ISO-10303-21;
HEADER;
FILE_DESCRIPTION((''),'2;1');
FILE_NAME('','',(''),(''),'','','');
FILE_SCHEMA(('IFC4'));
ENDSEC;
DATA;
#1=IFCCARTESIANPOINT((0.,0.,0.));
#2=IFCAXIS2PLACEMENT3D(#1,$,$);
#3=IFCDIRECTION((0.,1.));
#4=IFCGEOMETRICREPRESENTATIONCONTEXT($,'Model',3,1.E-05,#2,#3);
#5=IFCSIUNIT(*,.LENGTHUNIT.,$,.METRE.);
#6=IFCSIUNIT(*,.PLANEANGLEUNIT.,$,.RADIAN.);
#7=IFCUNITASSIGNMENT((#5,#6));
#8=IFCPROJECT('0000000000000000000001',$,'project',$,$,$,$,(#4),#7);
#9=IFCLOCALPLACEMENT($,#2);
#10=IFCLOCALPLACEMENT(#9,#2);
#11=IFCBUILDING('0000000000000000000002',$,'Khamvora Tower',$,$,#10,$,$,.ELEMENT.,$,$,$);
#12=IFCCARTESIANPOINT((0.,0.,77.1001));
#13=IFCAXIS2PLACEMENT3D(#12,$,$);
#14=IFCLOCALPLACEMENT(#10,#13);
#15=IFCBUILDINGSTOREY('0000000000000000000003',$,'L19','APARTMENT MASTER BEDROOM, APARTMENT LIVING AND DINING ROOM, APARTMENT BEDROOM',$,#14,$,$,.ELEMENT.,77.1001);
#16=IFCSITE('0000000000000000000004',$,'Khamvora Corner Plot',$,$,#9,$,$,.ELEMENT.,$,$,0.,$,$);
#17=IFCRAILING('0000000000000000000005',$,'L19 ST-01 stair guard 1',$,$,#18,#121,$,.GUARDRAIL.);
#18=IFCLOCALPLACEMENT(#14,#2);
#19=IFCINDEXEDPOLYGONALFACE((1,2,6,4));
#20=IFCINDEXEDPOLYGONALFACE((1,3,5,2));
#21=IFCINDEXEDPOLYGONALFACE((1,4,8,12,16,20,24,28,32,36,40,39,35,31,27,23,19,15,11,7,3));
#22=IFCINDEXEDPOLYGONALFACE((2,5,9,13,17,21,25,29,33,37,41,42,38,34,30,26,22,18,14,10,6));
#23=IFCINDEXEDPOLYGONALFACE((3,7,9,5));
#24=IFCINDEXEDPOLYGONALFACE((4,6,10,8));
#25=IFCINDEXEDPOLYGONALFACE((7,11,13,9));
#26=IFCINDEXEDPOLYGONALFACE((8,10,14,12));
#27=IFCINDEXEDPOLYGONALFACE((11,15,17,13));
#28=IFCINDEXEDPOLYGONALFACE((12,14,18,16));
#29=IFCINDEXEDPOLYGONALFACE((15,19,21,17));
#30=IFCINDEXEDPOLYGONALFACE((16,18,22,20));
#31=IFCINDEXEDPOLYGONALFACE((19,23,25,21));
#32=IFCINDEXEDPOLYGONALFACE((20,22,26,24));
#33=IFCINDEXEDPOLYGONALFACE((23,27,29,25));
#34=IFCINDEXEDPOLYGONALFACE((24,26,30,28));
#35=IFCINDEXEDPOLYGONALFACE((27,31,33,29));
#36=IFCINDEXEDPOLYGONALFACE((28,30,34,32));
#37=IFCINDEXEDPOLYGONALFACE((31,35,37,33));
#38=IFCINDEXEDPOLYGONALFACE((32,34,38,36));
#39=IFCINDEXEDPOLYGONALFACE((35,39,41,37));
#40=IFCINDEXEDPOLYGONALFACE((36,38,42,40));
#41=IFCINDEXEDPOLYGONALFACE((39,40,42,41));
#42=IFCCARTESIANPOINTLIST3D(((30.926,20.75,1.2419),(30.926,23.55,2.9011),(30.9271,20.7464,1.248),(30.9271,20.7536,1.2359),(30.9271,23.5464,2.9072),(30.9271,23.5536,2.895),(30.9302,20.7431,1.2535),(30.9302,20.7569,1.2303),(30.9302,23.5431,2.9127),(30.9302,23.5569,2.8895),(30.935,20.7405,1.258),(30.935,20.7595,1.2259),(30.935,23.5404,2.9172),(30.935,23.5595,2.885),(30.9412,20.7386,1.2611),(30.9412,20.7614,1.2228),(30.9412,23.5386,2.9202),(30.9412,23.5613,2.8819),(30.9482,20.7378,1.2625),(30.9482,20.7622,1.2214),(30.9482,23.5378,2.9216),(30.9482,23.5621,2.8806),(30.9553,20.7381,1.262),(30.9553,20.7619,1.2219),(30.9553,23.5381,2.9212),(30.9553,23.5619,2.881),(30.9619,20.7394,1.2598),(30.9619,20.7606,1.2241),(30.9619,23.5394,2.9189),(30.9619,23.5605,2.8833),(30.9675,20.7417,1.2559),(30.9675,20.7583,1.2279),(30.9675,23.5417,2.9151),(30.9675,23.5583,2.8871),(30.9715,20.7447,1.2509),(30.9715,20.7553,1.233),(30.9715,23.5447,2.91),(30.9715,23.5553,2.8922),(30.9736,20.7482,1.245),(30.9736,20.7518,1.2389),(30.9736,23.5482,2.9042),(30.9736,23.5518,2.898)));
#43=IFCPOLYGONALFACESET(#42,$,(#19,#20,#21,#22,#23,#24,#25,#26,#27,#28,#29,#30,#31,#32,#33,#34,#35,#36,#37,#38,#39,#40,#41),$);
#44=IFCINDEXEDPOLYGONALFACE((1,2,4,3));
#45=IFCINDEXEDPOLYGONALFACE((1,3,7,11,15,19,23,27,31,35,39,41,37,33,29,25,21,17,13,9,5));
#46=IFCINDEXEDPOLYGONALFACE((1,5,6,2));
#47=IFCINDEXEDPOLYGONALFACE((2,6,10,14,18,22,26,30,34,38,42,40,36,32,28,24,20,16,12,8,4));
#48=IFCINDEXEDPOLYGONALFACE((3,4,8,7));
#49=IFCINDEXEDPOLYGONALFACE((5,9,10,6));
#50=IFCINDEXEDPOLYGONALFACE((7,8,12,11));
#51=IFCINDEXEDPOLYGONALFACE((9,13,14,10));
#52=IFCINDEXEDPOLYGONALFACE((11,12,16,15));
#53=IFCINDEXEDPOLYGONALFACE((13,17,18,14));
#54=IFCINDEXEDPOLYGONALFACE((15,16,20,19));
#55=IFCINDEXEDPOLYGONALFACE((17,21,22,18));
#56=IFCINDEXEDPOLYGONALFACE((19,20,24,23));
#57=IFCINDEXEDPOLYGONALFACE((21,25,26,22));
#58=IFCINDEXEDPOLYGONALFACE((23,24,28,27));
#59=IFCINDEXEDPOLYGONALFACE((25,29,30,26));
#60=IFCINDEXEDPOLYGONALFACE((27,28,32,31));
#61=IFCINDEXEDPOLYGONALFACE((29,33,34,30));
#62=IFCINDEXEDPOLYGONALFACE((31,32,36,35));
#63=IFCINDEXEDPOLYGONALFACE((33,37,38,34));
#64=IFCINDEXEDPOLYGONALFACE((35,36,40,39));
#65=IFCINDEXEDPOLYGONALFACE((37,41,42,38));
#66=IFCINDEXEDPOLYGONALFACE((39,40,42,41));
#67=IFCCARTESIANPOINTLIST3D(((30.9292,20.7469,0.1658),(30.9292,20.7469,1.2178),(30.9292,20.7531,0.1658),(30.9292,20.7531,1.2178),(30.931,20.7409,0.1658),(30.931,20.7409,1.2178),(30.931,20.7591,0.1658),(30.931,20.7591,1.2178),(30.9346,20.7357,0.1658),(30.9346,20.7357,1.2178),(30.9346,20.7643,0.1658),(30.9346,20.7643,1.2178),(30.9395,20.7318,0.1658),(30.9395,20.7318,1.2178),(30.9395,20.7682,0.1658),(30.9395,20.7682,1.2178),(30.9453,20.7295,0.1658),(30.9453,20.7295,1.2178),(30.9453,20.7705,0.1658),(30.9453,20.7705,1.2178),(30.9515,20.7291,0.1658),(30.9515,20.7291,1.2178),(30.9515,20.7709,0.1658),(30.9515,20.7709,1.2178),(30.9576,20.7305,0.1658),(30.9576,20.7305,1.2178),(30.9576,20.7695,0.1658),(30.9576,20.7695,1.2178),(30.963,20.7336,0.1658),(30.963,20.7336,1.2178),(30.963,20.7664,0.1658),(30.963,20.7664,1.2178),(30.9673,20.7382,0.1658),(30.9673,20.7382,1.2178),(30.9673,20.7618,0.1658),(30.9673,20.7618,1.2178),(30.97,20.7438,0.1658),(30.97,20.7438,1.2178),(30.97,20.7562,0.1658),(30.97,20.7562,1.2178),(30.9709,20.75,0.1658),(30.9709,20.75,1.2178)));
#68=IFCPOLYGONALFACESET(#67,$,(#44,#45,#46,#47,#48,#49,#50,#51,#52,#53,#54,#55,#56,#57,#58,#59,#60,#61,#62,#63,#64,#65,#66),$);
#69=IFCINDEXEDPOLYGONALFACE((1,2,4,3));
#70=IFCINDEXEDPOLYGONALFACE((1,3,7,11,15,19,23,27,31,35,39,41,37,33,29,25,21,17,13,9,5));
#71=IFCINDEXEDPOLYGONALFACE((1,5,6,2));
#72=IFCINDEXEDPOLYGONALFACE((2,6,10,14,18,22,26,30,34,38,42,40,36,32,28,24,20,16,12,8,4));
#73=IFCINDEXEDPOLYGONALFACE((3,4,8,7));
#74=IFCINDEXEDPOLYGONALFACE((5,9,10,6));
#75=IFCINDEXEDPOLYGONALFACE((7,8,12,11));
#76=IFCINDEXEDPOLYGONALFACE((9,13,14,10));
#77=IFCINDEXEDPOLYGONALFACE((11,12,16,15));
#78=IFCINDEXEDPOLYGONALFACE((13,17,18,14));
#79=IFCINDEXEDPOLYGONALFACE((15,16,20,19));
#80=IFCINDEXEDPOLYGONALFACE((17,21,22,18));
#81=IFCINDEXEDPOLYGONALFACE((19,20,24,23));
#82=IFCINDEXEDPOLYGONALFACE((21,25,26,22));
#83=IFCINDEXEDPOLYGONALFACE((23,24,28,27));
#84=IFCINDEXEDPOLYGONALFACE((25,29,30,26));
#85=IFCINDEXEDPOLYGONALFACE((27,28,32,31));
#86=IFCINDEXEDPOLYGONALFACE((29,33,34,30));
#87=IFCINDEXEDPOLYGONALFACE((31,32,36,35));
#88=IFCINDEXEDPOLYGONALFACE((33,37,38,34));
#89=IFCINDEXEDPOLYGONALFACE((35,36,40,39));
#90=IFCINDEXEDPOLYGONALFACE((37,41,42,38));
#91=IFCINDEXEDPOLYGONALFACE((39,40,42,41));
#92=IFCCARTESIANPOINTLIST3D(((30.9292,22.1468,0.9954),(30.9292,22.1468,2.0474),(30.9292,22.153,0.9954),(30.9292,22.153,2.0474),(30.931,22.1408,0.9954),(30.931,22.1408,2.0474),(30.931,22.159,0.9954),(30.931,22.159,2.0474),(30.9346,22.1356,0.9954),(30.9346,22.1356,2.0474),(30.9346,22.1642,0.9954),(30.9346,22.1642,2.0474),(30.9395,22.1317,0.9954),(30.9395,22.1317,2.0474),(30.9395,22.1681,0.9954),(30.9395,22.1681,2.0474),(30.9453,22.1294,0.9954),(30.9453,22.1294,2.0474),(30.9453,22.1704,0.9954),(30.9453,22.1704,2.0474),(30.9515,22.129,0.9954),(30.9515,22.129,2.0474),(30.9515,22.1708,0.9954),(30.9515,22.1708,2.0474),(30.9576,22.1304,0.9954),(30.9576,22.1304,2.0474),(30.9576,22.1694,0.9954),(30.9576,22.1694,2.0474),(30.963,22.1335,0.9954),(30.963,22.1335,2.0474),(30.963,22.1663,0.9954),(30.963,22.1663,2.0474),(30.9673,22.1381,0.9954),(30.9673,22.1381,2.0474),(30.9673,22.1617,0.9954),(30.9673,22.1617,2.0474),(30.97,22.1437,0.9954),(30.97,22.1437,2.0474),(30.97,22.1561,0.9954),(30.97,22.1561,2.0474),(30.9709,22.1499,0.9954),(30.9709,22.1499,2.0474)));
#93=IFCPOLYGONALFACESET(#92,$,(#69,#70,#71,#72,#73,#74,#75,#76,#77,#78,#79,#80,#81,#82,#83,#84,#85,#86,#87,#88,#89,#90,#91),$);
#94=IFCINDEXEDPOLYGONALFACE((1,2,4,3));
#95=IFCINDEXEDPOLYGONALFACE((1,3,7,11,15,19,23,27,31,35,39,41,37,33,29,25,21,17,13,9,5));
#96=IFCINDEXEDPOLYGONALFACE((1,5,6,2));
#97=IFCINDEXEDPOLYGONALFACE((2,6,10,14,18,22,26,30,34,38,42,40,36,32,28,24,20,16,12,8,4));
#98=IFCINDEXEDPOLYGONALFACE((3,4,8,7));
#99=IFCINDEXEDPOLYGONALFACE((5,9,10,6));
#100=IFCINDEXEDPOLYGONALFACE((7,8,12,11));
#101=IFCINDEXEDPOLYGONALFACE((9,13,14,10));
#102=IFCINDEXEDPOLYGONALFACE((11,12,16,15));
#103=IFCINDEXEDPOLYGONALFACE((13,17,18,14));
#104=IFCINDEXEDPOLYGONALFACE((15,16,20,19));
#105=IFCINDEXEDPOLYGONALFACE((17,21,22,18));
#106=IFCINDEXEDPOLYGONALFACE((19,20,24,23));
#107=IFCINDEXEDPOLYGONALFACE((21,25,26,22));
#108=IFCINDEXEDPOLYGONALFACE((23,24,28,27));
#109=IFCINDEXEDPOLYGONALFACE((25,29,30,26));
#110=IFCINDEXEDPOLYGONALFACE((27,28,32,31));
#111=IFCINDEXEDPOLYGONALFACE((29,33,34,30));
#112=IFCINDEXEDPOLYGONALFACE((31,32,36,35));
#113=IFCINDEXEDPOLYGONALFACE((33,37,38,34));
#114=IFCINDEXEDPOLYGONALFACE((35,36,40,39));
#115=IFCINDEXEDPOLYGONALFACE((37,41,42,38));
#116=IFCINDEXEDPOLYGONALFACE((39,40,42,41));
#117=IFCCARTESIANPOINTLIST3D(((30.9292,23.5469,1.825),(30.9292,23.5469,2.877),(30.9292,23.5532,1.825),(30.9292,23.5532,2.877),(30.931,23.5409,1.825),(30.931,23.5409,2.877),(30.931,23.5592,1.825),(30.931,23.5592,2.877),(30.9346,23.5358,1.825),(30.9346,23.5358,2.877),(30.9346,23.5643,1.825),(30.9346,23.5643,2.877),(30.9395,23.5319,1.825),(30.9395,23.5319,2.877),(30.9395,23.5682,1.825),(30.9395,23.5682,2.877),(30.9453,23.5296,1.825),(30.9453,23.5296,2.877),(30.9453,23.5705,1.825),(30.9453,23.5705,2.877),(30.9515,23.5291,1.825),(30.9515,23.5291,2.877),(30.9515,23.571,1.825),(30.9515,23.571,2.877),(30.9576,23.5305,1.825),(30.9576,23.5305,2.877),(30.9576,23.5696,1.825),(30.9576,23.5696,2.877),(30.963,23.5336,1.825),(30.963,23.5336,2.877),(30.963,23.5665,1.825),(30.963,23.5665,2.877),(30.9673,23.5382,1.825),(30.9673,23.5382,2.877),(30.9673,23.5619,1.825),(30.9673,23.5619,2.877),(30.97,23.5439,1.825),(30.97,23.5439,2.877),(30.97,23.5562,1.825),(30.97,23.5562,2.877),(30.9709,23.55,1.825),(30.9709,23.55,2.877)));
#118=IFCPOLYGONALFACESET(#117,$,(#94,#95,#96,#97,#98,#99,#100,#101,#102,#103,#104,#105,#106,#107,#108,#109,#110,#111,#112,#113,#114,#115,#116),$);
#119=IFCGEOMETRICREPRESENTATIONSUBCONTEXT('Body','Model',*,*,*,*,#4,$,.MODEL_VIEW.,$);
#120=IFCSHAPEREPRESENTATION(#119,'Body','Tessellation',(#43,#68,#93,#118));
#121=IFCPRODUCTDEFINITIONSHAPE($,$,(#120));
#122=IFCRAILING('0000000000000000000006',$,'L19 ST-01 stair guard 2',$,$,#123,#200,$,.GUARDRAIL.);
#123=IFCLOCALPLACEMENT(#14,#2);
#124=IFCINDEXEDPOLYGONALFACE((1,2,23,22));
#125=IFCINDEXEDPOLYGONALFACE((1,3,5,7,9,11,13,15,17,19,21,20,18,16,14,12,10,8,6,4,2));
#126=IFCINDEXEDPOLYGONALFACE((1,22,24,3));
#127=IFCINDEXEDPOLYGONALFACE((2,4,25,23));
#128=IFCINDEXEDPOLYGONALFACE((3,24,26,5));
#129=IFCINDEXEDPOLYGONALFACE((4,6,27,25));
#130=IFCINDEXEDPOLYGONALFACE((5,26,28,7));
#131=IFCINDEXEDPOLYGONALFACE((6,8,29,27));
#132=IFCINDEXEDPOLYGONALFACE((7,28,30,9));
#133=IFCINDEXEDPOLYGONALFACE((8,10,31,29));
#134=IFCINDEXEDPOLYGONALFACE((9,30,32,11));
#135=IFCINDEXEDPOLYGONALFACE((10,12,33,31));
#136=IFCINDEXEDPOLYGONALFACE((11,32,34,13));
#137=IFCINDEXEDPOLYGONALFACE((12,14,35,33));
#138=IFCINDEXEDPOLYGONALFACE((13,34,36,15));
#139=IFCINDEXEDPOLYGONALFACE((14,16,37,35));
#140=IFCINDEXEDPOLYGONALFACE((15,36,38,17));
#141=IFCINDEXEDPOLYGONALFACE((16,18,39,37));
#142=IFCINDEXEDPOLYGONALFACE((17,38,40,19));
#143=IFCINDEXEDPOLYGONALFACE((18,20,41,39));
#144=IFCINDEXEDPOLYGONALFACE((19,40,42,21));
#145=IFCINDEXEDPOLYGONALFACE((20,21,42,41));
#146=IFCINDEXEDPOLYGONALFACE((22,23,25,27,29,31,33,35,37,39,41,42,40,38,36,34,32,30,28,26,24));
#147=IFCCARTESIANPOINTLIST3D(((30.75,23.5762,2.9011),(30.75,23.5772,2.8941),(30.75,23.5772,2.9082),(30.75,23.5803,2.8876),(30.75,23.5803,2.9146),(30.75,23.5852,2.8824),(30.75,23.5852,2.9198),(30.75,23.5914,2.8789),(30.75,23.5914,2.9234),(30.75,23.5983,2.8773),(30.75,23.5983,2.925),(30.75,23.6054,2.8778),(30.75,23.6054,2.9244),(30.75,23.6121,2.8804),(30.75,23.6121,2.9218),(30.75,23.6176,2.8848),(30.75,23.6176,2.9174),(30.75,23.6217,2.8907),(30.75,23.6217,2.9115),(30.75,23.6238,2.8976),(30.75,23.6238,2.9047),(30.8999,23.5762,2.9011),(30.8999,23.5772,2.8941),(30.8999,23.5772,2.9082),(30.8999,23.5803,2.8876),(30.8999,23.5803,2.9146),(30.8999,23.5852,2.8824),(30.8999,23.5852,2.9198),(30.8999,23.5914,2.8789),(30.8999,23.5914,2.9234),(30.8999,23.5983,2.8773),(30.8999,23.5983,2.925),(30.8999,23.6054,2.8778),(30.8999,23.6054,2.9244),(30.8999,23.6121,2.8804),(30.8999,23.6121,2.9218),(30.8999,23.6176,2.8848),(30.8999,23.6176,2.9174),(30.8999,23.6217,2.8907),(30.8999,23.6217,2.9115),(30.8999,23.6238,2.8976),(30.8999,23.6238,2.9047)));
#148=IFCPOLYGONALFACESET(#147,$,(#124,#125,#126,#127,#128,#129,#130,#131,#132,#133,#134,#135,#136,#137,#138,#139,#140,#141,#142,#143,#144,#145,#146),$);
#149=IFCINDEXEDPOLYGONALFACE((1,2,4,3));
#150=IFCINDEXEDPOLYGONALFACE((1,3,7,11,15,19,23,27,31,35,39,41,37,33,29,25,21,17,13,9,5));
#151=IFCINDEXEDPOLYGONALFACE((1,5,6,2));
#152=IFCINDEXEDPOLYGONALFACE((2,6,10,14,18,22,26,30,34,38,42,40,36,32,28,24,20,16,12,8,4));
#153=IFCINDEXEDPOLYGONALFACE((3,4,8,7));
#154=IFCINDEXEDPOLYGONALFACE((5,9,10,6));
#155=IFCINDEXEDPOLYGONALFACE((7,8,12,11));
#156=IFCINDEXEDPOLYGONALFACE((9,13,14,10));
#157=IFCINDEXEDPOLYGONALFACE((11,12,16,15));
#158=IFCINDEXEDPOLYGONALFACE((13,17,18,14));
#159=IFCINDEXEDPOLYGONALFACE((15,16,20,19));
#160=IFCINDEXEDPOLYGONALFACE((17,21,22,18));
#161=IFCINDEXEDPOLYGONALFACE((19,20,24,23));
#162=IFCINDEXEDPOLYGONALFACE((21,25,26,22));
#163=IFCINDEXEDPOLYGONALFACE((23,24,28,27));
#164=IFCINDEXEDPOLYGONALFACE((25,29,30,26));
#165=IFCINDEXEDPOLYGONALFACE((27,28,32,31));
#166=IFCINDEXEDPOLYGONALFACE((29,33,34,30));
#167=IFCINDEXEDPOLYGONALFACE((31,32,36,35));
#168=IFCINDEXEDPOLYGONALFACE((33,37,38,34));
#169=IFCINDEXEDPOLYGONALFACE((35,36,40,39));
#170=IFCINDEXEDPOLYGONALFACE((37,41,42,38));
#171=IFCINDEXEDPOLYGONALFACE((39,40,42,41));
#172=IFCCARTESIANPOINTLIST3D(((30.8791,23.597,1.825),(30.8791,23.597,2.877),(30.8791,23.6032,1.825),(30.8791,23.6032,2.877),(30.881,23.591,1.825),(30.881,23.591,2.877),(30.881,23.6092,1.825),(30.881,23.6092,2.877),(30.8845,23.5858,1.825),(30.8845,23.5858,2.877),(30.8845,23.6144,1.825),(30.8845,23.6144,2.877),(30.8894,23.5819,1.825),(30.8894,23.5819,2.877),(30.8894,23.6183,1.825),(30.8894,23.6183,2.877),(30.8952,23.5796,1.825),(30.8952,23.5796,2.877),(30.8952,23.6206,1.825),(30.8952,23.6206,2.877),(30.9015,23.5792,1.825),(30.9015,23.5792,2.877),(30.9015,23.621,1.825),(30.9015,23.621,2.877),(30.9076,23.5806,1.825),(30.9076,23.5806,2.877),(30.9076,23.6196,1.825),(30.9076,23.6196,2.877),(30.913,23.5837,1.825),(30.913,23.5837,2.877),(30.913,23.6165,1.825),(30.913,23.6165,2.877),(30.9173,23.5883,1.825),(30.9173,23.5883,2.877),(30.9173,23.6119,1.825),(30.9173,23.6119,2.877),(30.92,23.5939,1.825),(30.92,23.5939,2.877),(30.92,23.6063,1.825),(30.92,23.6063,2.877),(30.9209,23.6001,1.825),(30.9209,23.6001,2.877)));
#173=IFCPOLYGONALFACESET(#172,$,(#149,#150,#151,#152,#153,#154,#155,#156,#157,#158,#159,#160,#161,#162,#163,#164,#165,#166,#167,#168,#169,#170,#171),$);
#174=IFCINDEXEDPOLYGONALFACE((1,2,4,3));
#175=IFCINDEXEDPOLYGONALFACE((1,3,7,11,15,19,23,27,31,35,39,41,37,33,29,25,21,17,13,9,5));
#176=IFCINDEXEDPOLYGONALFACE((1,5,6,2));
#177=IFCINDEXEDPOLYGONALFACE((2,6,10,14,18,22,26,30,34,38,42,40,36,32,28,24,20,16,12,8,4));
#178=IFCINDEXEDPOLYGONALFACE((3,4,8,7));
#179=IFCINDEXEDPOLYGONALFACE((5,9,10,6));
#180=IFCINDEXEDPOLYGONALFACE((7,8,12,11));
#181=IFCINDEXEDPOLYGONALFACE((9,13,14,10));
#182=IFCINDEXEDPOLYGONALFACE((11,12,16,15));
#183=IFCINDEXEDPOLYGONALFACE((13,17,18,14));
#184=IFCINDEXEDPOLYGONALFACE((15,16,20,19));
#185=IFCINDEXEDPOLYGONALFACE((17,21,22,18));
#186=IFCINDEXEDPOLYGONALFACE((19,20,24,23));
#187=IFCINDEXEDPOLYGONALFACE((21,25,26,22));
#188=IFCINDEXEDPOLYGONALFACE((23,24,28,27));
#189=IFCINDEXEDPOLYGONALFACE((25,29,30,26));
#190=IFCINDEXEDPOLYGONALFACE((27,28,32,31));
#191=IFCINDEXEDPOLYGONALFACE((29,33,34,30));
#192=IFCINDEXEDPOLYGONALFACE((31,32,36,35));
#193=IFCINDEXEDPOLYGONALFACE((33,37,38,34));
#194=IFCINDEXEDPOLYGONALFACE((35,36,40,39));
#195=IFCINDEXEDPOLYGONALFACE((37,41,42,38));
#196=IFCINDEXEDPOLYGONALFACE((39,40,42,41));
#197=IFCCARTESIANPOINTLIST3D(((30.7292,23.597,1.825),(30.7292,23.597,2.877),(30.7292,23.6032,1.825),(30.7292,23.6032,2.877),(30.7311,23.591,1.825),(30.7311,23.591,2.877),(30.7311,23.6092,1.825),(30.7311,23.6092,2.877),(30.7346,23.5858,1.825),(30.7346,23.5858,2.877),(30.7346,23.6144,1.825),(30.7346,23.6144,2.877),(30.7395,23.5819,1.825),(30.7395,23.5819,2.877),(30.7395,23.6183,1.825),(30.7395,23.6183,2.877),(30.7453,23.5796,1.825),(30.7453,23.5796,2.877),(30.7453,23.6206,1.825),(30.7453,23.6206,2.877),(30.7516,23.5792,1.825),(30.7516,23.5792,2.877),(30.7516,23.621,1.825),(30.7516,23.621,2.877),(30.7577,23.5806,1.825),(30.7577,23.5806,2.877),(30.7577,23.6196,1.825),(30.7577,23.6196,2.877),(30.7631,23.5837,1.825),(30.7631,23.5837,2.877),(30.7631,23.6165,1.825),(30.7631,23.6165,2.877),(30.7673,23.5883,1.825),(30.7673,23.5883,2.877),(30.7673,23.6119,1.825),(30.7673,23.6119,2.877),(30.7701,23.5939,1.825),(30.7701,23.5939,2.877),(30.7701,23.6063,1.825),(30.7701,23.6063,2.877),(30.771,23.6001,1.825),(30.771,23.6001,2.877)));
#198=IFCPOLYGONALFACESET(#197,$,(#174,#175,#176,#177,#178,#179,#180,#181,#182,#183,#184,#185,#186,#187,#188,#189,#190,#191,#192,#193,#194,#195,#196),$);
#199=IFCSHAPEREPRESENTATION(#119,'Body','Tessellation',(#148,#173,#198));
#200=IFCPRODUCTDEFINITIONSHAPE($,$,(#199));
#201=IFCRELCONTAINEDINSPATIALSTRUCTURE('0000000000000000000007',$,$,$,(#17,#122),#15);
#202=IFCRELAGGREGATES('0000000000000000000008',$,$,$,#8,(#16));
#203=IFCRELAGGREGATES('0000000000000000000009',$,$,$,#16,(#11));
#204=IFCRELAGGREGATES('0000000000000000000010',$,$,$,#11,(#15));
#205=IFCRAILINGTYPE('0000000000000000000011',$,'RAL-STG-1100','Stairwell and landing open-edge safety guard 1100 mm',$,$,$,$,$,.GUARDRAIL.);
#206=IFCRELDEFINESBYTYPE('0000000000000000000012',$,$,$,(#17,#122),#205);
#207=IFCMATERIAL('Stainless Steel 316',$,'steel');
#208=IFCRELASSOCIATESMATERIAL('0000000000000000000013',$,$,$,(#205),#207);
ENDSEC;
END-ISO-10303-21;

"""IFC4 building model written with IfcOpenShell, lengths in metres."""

from ifc_helpers import new_model, si_unit, direction, frame, origin, origin_2d, place, context, subcontext, project, spatial, circle, extrude, material, type_object, element, save


model = new_model("IFC4")

# Units and contexts
model_context = context("Model", 3, precision=1e-05, world=origin(), true_north=direction((0.0, 1.0)))
body_context = subcontext(model_context, "Body", "Model", "MODEL_VIEW")
ifc_project = project(units=[si_unit("LENGTHUNIT", "METRE"), si_unit("PLANEANGLEUNIT", "RADIAN")], contexts=[model_context])

# Site, building, storey
site_placement = place(None, origin())
site = spatial("IfcSite", under=ifc_project, at=site_placement, Name="Khamvora Corner Plot", CompositionType="ELEMENT", RefElevation=0.0)
building_placement = place(site_placement, origin())
building = spatial("IfcBuilding", under=site, at=building_placement, Name="Khamvora Tower", CompositionType="ELEMENT")
storey_placement = place(building_placement, frame((0.0, 0.0, 77.1001)))
storey = spatial("IfcBuildingStorey", under=building, at=storey_placement, Name="L19", Description="APARTMENT MASTER BEDROOM, APARTMENT LIVING AND DINING ROOM, APARTMENT BEDROOM", CompositionType="ELEMENT", Elevation=77.1001)

# Railings
ifc_material_1 = material(Name="Stainless Steel 316", Category="steel")
railing_type_1 = type_object("IfcRailingType", Name="RAL-STG-1100", Description="Stairwell and landing open-edge safety guard 1100 mm", PredefinedType="GUARDRAIL", material=ifc_material_1)
railing_1_placement = place(storey_placement, frame((30.95, 20.75, 0.1658)))
element("IfcRailing", 1, at=railing_1_placement, inside=storey, type_object=railing_type_1, Name="L19 ST-01 stair guard 1", PredefinedType="GUARDRAIL", context=body_context, shape_type="SweptSolid", body=[
    extrude(circle(Radius=0.0239, at=origin_2d()), frame((0.0, 0.0, 1.0762), z_axis=(0.0, 0.860306, 0.509778), x_axis=(-1.0, 0.0, 0.0)), (0.0, 0.0, 1.0), 3.2546),
    extrude(circle(Radius=0.021, at=origin_2d()), origin(), (0.0, 0.0, 1.0), 1.052),
    extrude(circle(Radius=0.021, at=origin_2d()), frame((0.0, 1.3999, 0.8296)), (0.0, 0.0, 1.0), 1.052),
    extrude(circle(Radius=0.021, at=origin_2d()), frame((0.0, 2.8, 1.6592)), (0.0, 0.0, 1.0), 1.052),
])
railing_2_placement = place(storey_placement, frame((30.8999, 23.6001, 1.825)))
element("IfcRailing", 2, at=railing_2_placement, inside=storey, type_object=railing_type_1, Name="L19 ST-01 stair guard 2", PredefinedType="GUARDRAIL", context=body_context, shape_type="SweptSolid", body=[
    extrude(circle(Radius=0.0239, at=origin_2d()), frame((0.0, 0.0, 1.0762), z_axis=(-1.0, 0.0, 0.0), x_axis=(0.0, -1.0, 0.0)), (0.0, 0.0, 1.0), 0.1499),
    extrude(circle(Radius=0.021, at=origin_2d()), origin(), (0.0, 0.0, 1.0), 1.052),
    extrude(circle(Radius=0.021, at=origin_2d()), frame((-0.1499, 0.0, 0.0)), (0.0, 0.0, 1.0), 1.052),
])

save(model, "model.ifc")
